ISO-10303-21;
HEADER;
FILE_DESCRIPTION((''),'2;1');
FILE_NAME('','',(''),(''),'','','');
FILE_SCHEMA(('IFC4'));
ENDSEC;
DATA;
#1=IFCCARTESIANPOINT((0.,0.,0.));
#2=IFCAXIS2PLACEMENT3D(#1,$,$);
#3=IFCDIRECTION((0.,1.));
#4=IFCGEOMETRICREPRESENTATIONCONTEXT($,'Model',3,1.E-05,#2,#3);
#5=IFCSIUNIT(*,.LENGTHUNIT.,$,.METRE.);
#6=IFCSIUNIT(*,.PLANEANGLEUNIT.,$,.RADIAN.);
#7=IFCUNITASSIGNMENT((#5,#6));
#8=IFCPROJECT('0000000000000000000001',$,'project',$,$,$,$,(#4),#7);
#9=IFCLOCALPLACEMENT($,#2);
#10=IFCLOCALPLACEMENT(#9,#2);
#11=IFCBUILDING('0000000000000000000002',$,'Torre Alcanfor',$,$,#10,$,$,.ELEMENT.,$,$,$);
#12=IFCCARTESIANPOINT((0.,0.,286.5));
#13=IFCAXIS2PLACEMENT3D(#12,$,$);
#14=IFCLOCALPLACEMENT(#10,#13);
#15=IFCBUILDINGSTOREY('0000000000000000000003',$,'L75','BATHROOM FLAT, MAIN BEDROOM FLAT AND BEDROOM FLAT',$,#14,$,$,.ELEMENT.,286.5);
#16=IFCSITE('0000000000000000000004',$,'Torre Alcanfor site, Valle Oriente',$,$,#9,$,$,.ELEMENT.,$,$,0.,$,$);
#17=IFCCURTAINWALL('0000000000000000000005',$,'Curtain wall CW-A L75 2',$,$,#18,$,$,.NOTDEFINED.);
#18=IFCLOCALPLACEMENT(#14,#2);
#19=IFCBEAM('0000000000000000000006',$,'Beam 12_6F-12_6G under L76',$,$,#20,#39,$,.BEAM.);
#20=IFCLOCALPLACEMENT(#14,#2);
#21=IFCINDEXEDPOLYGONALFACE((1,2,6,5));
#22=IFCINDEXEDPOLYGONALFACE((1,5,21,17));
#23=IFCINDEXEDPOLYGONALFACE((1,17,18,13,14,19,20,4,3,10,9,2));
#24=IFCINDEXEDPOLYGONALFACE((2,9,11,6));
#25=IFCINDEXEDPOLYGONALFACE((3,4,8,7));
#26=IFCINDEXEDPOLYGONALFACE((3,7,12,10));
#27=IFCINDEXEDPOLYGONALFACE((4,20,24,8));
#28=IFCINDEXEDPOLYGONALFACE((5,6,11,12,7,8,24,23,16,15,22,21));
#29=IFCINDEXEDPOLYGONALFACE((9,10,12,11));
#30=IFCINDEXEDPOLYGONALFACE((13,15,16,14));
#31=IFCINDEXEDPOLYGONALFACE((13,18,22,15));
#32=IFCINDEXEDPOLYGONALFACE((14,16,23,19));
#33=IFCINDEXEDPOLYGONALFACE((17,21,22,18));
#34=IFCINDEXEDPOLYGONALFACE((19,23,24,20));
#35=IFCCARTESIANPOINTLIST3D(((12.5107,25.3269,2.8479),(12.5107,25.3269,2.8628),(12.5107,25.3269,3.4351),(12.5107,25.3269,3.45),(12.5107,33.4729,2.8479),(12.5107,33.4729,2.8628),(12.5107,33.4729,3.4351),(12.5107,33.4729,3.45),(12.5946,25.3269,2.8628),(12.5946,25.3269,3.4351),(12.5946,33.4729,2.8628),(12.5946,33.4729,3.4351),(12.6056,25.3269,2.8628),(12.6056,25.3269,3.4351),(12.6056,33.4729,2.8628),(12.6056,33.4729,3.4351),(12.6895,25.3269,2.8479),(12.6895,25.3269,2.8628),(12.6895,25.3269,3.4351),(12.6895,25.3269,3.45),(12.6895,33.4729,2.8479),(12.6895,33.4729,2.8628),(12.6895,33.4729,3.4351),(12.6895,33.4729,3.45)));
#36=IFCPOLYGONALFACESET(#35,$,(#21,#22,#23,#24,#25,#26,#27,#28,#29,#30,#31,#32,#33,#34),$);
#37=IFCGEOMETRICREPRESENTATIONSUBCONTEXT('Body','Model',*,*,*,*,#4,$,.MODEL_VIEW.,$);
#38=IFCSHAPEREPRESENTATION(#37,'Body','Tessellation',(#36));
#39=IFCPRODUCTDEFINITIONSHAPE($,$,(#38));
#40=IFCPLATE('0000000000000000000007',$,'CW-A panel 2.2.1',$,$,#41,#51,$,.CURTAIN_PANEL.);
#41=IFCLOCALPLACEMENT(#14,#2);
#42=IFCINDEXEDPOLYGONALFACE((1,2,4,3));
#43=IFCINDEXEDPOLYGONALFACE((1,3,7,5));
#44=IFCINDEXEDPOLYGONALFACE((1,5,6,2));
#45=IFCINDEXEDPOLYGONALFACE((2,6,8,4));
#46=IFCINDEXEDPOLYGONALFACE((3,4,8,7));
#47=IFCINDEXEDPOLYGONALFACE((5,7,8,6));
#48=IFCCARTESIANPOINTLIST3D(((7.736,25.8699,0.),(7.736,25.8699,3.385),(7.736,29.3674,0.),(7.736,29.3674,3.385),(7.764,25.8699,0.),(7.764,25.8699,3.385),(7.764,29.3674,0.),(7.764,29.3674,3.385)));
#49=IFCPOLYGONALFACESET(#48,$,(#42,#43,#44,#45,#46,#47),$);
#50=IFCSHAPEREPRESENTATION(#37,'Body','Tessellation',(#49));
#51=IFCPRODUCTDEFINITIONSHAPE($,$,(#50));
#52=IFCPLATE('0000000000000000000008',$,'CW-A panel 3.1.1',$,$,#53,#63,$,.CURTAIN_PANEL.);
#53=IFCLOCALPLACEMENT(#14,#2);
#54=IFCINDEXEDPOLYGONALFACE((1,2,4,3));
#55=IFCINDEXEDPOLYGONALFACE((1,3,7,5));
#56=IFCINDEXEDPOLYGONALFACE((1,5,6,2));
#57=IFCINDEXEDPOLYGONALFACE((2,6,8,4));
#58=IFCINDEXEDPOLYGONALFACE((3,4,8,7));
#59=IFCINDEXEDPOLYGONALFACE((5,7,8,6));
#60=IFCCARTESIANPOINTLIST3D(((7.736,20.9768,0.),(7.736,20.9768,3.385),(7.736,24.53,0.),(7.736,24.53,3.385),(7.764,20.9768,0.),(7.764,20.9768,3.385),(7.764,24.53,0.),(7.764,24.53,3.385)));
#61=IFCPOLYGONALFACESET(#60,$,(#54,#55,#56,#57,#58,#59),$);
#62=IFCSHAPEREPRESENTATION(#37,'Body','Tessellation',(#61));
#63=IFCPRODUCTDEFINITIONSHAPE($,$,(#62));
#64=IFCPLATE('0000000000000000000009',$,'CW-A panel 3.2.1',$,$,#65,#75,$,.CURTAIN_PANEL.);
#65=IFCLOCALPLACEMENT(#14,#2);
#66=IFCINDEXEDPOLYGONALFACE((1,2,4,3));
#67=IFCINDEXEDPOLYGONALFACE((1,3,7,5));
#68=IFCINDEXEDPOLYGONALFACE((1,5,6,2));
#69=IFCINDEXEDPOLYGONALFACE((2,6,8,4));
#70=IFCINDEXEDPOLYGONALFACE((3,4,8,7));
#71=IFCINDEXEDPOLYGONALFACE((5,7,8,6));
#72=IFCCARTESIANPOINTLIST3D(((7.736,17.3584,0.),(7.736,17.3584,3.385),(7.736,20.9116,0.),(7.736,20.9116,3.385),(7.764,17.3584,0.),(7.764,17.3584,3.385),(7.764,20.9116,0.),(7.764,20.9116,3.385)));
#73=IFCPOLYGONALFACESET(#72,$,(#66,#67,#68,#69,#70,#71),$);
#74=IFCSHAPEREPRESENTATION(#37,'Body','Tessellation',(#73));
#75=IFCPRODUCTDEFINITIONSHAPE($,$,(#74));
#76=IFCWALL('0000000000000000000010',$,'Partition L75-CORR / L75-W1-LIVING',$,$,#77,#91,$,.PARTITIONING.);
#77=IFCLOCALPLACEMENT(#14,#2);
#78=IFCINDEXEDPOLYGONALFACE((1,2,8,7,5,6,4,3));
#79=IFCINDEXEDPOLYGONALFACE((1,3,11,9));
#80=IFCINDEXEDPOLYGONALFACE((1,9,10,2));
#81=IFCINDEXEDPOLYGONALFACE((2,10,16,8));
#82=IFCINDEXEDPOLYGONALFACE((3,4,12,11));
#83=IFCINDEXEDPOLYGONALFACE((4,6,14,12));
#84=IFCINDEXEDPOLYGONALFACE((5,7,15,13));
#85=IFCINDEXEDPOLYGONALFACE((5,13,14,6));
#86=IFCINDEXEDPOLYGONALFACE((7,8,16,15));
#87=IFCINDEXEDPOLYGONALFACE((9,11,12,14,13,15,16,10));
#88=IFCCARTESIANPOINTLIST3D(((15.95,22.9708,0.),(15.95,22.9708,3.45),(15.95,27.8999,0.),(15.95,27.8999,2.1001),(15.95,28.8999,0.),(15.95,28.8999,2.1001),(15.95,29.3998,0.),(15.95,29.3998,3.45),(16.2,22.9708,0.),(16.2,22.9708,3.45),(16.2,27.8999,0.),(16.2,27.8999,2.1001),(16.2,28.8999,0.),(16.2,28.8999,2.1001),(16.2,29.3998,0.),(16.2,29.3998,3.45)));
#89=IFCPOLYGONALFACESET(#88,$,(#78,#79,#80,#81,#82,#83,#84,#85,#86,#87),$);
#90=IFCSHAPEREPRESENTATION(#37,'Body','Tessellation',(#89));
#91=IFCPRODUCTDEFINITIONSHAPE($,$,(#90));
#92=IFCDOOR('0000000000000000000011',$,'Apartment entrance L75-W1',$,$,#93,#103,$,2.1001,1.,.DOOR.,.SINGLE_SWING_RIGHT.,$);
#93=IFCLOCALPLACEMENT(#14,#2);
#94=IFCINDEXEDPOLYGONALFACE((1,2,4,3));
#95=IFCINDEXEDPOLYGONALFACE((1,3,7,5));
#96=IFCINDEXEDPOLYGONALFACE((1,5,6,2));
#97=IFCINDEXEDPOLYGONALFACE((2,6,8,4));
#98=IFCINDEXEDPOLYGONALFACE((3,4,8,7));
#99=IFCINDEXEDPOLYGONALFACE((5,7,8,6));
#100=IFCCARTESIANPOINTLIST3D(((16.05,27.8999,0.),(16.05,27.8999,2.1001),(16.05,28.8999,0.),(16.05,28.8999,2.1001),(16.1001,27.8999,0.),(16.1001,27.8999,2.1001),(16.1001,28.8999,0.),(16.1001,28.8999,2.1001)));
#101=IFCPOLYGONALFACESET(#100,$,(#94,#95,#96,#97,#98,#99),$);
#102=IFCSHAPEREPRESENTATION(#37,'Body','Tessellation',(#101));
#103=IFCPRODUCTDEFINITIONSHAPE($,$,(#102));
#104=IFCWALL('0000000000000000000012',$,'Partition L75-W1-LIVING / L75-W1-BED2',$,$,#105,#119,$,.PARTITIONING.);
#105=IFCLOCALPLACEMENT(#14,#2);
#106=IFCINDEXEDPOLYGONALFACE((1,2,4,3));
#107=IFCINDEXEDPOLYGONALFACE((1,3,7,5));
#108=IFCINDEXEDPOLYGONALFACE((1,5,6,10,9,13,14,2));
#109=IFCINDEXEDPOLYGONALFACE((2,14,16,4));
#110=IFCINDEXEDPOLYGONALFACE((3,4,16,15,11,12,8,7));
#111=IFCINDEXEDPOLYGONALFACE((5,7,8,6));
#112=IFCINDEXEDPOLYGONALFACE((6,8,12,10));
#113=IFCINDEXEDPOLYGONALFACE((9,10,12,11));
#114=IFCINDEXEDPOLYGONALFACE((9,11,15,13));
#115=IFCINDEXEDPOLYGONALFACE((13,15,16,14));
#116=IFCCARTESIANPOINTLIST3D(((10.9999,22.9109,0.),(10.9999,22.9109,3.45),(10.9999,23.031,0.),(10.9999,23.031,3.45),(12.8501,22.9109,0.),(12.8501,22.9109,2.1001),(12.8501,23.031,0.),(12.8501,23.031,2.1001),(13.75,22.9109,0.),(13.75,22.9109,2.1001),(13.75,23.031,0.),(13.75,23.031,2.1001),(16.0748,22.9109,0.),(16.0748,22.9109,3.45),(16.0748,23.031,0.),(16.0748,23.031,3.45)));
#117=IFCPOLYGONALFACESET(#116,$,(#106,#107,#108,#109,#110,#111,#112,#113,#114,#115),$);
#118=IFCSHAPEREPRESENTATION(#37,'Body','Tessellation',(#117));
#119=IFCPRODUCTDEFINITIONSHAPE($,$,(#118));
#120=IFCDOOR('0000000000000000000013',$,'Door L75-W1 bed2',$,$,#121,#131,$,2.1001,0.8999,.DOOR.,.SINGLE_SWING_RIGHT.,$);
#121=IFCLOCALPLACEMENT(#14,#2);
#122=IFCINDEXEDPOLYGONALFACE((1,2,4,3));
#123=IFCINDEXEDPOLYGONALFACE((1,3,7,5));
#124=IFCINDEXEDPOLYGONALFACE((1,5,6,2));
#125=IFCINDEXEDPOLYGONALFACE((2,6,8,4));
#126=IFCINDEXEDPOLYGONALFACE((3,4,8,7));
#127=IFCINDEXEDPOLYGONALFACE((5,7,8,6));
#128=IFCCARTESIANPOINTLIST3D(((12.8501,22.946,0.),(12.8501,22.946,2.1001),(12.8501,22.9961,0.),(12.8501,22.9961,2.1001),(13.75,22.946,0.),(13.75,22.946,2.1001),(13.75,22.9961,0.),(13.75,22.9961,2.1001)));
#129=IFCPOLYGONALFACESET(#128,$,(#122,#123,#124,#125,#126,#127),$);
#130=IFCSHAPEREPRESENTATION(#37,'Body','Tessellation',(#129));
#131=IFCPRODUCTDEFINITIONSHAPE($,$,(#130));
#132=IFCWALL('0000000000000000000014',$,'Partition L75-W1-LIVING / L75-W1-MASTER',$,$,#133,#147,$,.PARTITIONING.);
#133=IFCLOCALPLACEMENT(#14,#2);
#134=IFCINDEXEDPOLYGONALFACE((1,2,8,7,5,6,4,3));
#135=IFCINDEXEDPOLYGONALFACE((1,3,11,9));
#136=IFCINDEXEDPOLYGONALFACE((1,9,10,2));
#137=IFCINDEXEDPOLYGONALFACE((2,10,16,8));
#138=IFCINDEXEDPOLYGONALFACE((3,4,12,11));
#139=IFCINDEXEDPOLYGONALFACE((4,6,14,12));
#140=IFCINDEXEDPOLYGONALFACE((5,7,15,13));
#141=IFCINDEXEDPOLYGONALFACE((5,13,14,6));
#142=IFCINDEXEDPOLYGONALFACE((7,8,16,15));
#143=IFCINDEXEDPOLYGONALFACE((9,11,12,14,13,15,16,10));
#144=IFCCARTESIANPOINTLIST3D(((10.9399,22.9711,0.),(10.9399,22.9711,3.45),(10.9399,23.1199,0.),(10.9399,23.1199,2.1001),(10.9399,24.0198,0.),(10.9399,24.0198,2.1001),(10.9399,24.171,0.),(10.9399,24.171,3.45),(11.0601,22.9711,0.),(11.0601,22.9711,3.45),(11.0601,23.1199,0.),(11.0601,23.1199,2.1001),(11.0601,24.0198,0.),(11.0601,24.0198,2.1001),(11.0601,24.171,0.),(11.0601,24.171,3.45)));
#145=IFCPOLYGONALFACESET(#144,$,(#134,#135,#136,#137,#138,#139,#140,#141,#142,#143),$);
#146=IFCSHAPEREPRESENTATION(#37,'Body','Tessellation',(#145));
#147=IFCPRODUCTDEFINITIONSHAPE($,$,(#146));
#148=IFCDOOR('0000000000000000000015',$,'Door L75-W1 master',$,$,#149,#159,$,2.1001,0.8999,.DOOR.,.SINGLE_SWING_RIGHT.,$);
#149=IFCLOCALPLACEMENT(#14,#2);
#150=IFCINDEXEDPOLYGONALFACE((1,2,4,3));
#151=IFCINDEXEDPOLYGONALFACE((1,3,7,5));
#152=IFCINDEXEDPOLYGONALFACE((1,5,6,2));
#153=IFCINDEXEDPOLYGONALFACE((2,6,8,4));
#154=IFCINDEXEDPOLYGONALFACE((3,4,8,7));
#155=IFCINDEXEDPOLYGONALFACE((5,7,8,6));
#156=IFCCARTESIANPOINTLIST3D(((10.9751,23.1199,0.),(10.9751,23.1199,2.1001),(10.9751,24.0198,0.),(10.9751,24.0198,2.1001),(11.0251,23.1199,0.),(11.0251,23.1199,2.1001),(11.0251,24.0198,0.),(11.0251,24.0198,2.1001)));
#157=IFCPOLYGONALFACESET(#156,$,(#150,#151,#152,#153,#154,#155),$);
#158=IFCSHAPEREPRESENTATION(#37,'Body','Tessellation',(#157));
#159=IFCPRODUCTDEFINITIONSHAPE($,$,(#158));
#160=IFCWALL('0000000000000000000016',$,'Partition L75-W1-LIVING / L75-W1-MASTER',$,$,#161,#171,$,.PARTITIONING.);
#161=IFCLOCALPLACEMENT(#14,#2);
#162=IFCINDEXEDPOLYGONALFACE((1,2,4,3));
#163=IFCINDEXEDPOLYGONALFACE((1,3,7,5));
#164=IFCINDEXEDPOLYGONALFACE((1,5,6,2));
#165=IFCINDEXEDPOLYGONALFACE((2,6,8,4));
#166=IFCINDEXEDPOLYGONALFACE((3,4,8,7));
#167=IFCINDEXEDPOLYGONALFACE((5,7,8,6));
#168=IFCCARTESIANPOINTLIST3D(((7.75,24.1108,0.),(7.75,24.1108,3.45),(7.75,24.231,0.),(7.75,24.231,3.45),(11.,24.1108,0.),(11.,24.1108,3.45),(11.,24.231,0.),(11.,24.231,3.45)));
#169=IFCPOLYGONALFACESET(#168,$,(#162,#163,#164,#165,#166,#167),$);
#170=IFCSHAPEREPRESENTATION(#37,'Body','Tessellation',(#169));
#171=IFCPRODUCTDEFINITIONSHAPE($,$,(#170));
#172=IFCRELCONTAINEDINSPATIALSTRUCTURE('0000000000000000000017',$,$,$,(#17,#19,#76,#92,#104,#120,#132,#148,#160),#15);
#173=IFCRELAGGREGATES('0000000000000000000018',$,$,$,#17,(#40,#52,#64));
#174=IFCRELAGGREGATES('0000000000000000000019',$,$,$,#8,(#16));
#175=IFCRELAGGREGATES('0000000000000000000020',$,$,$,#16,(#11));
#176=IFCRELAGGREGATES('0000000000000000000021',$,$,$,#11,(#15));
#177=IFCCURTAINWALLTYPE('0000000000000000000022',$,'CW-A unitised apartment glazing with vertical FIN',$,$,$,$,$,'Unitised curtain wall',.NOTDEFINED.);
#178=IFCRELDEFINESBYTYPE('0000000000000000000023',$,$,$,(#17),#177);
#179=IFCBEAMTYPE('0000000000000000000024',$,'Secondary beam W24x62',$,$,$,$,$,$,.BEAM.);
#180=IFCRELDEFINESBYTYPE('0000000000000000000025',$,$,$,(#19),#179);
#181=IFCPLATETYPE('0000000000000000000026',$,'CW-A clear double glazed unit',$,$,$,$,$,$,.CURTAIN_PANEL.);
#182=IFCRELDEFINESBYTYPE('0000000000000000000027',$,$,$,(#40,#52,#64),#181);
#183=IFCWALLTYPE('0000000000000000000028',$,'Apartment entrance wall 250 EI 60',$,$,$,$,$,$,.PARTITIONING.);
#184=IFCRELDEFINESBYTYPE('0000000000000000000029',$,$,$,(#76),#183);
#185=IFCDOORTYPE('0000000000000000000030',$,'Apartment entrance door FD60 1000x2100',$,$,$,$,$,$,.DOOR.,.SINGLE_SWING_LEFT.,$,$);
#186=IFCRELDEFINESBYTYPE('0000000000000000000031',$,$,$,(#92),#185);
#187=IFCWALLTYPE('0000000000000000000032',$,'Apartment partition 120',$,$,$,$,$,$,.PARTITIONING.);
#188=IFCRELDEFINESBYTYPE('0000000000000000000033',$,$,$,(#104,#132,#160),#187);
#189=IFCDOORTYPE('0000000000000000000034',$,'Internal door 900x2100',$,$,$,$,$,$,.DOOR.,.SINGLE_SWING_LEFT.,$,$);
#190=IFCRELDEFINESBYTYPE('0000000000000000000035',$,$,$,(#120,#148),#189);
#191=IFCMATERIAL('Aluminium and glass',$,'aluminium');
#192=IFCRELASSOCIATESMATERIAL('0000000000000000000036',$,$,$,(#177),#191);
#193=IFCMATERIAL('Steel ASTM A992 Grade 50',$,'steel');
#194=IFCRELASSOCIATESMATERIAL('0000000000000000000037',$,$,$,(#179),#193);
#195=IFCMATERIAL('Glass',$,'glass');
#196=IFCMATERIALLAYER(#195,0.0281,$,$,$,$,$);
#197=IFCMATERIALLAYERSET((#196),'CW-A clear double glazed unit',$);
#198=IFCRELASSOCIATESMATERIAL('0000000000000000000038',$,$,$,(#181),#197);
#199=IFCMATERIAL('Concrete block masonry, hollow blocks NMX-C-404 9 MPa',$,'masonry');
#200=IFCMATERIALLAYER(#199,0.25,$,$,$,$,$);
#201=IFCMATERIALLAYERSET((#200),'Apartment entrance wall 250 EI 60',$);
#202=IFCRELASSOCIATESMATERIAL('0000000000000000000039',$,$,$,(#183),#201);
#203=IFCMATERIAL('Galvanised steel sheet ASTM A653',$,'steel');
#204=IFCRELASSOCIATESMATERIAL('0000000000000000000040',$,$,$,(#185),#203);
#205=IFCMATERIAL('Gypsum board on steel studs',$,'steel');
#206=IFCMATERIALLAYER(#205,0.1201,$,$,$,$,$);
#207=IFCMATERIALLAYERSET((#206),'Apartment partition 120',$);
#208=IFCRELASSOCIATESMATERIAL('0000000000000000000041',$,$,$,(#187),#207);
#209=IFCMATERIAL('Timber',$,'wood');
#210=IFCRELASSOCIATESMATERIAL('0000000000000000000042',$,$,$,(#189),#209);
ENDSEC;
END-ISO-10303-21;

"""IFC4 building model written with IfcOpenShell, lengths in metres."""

from ifc_helpers import new_model, si_unit, direction, frame, frame_2d, origin, origin_2d, place, context, subcontext, project, spatial, rectangle, i_section, extrude, material, layer, layer_set, material_profile, profile_set, type_object, element, fill, aggregate, save


model = new_model("IFC4")

# Units and contexts
model_context = context("Model", 3, precision=1e-05, world=origin(), true_north=direction((0.0, 1.0)))
body_context = subcontext(model_context, "Body", "Model", "MODEL_VIEW")
ifc_project = project(units=[si_unit("LENGTHUNIT", "METRE"), si_unit("PLANEANGLEUNIT", "RADIAN")], contexts=[model_context])

# Site, building, storey
site_placement = place(None, origin())
site = spatial("IfcSite", under=ifc_project, at=site_placement, Name="Torre Alcanfor site, Valle Oriente", CompositionType="ELEMENT", RefElevation=0.0)
building_placement = place(site_placement, origin())
building = spatial("IfcBuilding", under=site, at=building_placement, Name="Torre Alcanfor", CompositionType="ELEMENT")
storey_placement = place(building_placement, frame((0.0, 0.0, 286.5)))
storey = spatial("IfcBuildingStorey", under=building, at=storey_placement, Name="L75", Description="BATHROOM FLAT, MAIN BEDROOM FLAT AND BEDROOM FLAT", CompositionType="ELEMENT", Elevation=286.5)

# Curtain wall
ifc_material_1 = material(Name="Aluminium and glass", Category="aluminium")
curtain_wall_type = type_object("IfcCurtainWallType", Name="CW-A unitised apartment glazing with vertical FIN", ElementType="Unitised curtain wall", PredefinedType="NOTDEFINED", material=ifc_material_1)
curtain_wall_placement = place(storey_placement, origin())
curtain_wall = element("IfcCurtainWall", 1, at=curtain_wall_placement, inside=storey, type_object=curtain_wall_type, Name="Curtain wall CW-A L75 2", PredefinedType="NOTDEFINED")

# Beam
ifc_material_2 = material(Name="Steel ASTM A992 Grade 50", Category="steel")
ifc_material_profile_1 = material_profile(ifc_material_2, i_section(OverallWidth=0.1787, OverallDepth=0.6021, WebThickness=0.011, FlangeThickness=0.0149, at=origin_2d()), Name="W24x62")
ifc_profile_set_1 = profile_set([ifc_material_profile_1], Name="Steel ASTM A992 Grade 50")
beam_type_1 = type_object("IfcBeamType", Name="Secondary beam W24x62", PredefinedType="BEAM", material=ifc_profile_set_1)
beam_1_placement = place(storey_placement, frame((12.6001, 25.3269, 3.1489), z_axis=(0.0, 1.0, 0.0), x_axis=(-1.0, 0.0, 0.0)))
element("IfcBeam", 2, at=beam_1_placement, inside=storey, type_object=beam_type_1, Name="Beam 12_6F-12_6G under L76", PredefinedType="BEAM", context=body_context, shape_type="SweptSolid", body=[
    extrude(i_section(OverallWidth=0.1787, OverallDepth=0.6021, WebThickness=0.011, FlangeThickness=0.0149, at=origin_2d()), origin(), (0.0, 0.0, 1.0), 8.146),
])

# Plates
ifc_material_3 = material(Name="Glass", Category="glass")
ifc_layer_1 = layer(ifc_material_3, 0.0281)
ifc_layer_set_1 = layer_set([ifc_layer_1], Name="CW-A clear double glazed unit")
plate_type = type_object("IfcPlateType", Name="CW-A clear double glazed unit", PredefinedType="CURTAIN_PANEL", material=ifc_layer_set_1)
plate_1_placement = place(storey_placement, frame((7.75, 27.6187, 0.0), z_axis=(0.0, 0.0, 1.0), x_axis=(0.0, -1.0, 0.0)))
plate_1 = element("IfcPlate", 3, at=plate_1_placement, type_object=plate_type, Name="CW-A panel 2.2.1", PredefinedType="CURTAIN_PANEL", context=body_context, shape_type="SweptSolid", body=[
    extrude(rectangle(XDim=3.4976, YDim=0.0281, at=origin_2d()), origin(), (0.0, 0.0, 1.0), 3.385),
])
plate_2_placement = place(storey_placement, frame((7.75, 22.7534, 0.0), z_axis=(0.0, 0.0, 1.0), x_axis=(0.0, -1.0, 0.0)))
plate_2 = element("IfcPlate", 4, at=plate_2_placement, type_object=plate_type, Name="CW-A panel 3.1.1", PredefinedType="CURTAIN_PANEL", context=body_context, shape_type="SweptSolid", body=[
    extrude(rectangle(XDim=3.5532, YDim=0.0281, at=origin_2d()), origin(), (0.0, 0.0, 1.0), 3.385),
])
plate_3_placement = place(storey_placement, frame((7.75, 19.135, 0.0), z_axis=(0.0, 0.0, 1.0), x_axis=(0.0, -1.0, 0.0)))
plate_3 = element("IfcPlate", 5, at=plate_3_placement, type_object=plate_type, Name="CW-A panel 3.2.1", PredefinedType="CURTAIN_PANEL", context=body_context, shape_type="SweptSolid", body=[
    extrude(rectangle(XDim=3.5532, YDim=0.0281, at=origin_2d()), origin(), (0.0, 0.0, 1.0), 3.385),
])
aggregate(curtain_wall, [plate_1, plate_2, plate_3])

# Walls, openings, doors
ifc_material_4 = material(Name="Concrete block masonry, hollow blocks NMX-C-404 9 MPa", Category="masonry")
ifc_layer_2 = layer(ifc_material_4, 0.25)
ifc_layer_set_2 = layer_set([ifc_layer_2], Name="Apartment entrance wall 250 EI 60")
wall_type_1 = type_object("IfcWallType", Name="Apartment entrance wall 250 EI 60", PredefinedType="PARTITIONING", material=ifc_layer_set_2)
wall_1_placement = place(storey_placement, frame((16.075, 22.9709, 0.0), z_axis=(0.0, 0.0, 1.0), x_axis=(0.0, 1.0, 0.0)))
wall_1 = element("IfcWall", 6, at=wall_1_placement, inside=storey, type_object=wall_type_1, Name="Partition L75-CORR / L75-W1-LIVING", PredefinedType="PARTITIONING", context=body_context, shape_type="SweptSolid", body=[
    extrude(rectangle(XDim=6.429, YDim=0.25, at=frame_2d((3.2144, 0.0))), origin(), (0.0, 0.0, 1.0), 3.45),
])
opening_1_placement = place(wall_1_placement, frame((4.929, 0.0, 0.0)))
opening_1 = element("IfcOpeningElement", 7, at=opening_1_placement, cuts=wall_1, PredefinedType="OPENING", context=body_context, shape_type="SweptSolid", body=[
    extrude(rectangle(XDim=1.0, YDim=2.1001, at=frame_2d((0.5, 1.05))), frame((0.0, 0.135, 0.0), z_axis=(0.0, -1.0, 0.0), x_axis=(1.0, 0.0, 0.0)), (0.0, 0.0, 1.0), 0.27),
])
ifc_material_5 = material(Name="Galvanised steel sheet ASTM A653", Category="steel")
door_type_1 = type_object("IfcDoorType", Name="Apartment entrance door FD60 1000x2100", OperationType="SINGLE_SWING_LEFT", PredefinedType="DOOR", material=ifc_material_5)
door_1_placement = place(opening_1_placement, origin())
door_1 = element("IfcDoor", 8, at=door_1_placement, inside=storey, type_object=door_type_1, Name="Apartment entrance L75-W1", OperationType="SINGLE_SWING_RIGHT", OverallHeight=2.1001, OverallWidth=1.0, PredefinedType="DOOR", context=body_context, shape_type="SweptSolid", body=[
    extrude(rectangle(XDim=1.0, YDim=2.1001, at=frame_2d((0.5, 1.05))), frame((0.0, 0.0249, 0.0), z_axis=(0.0, -1.0, 0.0), x_axis=(1.0, 0.0, 0.0)), (0.0, 0.0, 1.0), 0.05),
])
fill(opening_1, door_1)
ifc_material_6 = material(Name="Gypsum board on steel studs", Category="steel")
ifc_layer_3 = layer(ifc_material_6, 0.1201)
ifc_layer_set_3 = layer_set([ifc_layer_3], Name="Apartment partition 120")
wall_type_2 = type_object("IfcWallType", Name="Apartment partition 120", PredefinedType="PARTITIONING", material=ifc_layer_set_3)
wall_2_placement = place(storey_placement, frame((16.075, 22.9709, 0.0), z_axis=(0.0, 0.0, 1.0), x_axis=(-1.0, 0.0, 0.0)))
wall_2 = element("IfcWall", 9, at=wall_2_placement, inside=storey, type_object=wall_type_2, Name="Partition L75-W1-LIVING / L75-W1-BED2", PredefinedType="PARTITIONING", context=body_context, shape_type="SweptSolid", body=[
    extrude(rectangle(XDim=5.075, YDim=0.1201, at=frame_2d((2.5376, 0.0))), origin(), (0.0, 0.0, 1.0), 3.45),
])
opening_2_placement = place(wall_2_placement, frame((2.325, 0.0, 0.0)))
opening_2 = element("IfcOpeningElement", 10, at=opening_2_placement, cuts=wall_2, PredefinedType="OPENING", context=body_context, shape_type="SweptSolid", body=[
    extrude(rectangle(XDim=0.8999, YDim=2.1001, at=frame_2d((0.45, 1.05))), frame((0.0, 0.0701, 0.0), z_axis=(0.0, -1.0, 0.0), x_axis=(1.0, 0.0, 0.0)), (0.0, 0.0, 1.0), 0.1401),
])
ifc_material_7 = material(Name="Timber", Category="wood")
door_type_2 = type_object("IfcDoorType", Name="Internal door 900x2100", OperationType="SINGLE_SWING_LEFT", PredefinedType="DOOR", material=ifc_material_7)
door_2_placement = place(opening_2_placement, origin())
door_2 = element("IfcDoor", 11, at=door_2_placement, inside=storey, type_object=door_type_2, Name="Door L75-W1 bed2", OperationType="SINGLE_SWING_RIGHT", OverallHeight=2.1001, OverallWidth=0.8999, PredefinedType="DOOR", context=body_context, shape_type="SweptSolid", body=[
    extrude(rectangle(XDim=0.8999, YDim=2.1001, at=frame_2d((0.45, 1.05))), frame((0.0, 0.0249, 0.0), z_axis=(0.0, -1.0, 0.0), x_axis=(1.0, 0.0, 0.0)), (0.0, 0.0, 1.0), 0.05),
])
fill(opening_2, door_2)
wall_3_placement = place(storey_placement, frame((11.0, 22.9709, 0.0), z_axis=(0.0, 0.0, 1.0), x_axis=(0.0, 1.0, 0.0)))
wall_3 = element("IfcWall", 12, at=wall_3_placement, inside=storey, type_object=wall_type_2, Name="Partition L75-W1-LIVING / L75-W1-MASTER", PredefinedType="PARTITIONING", context=body_context, shape_type="SweptSolid", body=[
    extrude(rectangle(XDim=1.2, YDim=0.1201, at=frame_2d((0.6001, 0.0))), origin(), (0.0, 0.0, 1.0), 3.45),
])
opening_3_placement = place(wall_3_placement, frame((0.1489, 0.0, 0.0)))
opening_3 = element("IfcOpeningElement", 13, at=opening_3_placement, cuts=wall_3, PredefinedType="OPENING", context=body_context, shape_type="SweptSolid", body=[
    extrude(rectangle(XDim=0.8999, YDim=2.1001, at=frame_2d((0.45, 1.05))), frame((0.0, 0.0701, 0.0), z_axis=(0.0, -1.0, 0.0), x_axis=(1.0, 0.0, 0.0)), (0.0, 0.0, 1.0), 0.1401),
])
door_3_placement = place(opening_3_placement, origin())
door_3 = element("IfcDoor", 14, at=door_3_placement, inside=storey, type_object=door_type_2, Name="Door L75-W1 master", OperationType="SINGLE_SWING_RIGHT", OverallHeight=2.1001, OverallWidth=0.8999, PredefinedType="DOOR", context=body_context, shape_type="SweptSolid", body=[
    extrude(rectangle(XDim=0.8999, YDim=2.1001, at=frame_2d((0.45, 1.05))), frame((0.0, 0.0249, 0.0), z_axis=(0.0, -1.0, 0.0), x_axis=(1.0, 0.0, 0.0)), (0.0, 0.0, 1.0), 0.05),
])
fill(opening_3, door_3)

# Wall
wall_4_placement = place(storey_placement, frame((11.0, 24.1709, 0.0), z_axis=(0.0, 0.0, 1.0), x_axis=(-1.0, 0.0, 0.0)))
element("IfcWall", 15, at=wall_4_placement, inside=storey, type_object=wall_type_2, Name="Partition L75-W1-LIVING / L75-W1-MASTER", PredefinedType="PARTITIONING", context=body_context, shape_type="SweptSolid", body=[
    extrude(rectangle(XDim=3.25, YDim=0.1201, at=frame_2d((1.625, 0.0))), origin(), (0.0, 0.0, 1.0), 3.45),
])

save(model, "model.ifc")
